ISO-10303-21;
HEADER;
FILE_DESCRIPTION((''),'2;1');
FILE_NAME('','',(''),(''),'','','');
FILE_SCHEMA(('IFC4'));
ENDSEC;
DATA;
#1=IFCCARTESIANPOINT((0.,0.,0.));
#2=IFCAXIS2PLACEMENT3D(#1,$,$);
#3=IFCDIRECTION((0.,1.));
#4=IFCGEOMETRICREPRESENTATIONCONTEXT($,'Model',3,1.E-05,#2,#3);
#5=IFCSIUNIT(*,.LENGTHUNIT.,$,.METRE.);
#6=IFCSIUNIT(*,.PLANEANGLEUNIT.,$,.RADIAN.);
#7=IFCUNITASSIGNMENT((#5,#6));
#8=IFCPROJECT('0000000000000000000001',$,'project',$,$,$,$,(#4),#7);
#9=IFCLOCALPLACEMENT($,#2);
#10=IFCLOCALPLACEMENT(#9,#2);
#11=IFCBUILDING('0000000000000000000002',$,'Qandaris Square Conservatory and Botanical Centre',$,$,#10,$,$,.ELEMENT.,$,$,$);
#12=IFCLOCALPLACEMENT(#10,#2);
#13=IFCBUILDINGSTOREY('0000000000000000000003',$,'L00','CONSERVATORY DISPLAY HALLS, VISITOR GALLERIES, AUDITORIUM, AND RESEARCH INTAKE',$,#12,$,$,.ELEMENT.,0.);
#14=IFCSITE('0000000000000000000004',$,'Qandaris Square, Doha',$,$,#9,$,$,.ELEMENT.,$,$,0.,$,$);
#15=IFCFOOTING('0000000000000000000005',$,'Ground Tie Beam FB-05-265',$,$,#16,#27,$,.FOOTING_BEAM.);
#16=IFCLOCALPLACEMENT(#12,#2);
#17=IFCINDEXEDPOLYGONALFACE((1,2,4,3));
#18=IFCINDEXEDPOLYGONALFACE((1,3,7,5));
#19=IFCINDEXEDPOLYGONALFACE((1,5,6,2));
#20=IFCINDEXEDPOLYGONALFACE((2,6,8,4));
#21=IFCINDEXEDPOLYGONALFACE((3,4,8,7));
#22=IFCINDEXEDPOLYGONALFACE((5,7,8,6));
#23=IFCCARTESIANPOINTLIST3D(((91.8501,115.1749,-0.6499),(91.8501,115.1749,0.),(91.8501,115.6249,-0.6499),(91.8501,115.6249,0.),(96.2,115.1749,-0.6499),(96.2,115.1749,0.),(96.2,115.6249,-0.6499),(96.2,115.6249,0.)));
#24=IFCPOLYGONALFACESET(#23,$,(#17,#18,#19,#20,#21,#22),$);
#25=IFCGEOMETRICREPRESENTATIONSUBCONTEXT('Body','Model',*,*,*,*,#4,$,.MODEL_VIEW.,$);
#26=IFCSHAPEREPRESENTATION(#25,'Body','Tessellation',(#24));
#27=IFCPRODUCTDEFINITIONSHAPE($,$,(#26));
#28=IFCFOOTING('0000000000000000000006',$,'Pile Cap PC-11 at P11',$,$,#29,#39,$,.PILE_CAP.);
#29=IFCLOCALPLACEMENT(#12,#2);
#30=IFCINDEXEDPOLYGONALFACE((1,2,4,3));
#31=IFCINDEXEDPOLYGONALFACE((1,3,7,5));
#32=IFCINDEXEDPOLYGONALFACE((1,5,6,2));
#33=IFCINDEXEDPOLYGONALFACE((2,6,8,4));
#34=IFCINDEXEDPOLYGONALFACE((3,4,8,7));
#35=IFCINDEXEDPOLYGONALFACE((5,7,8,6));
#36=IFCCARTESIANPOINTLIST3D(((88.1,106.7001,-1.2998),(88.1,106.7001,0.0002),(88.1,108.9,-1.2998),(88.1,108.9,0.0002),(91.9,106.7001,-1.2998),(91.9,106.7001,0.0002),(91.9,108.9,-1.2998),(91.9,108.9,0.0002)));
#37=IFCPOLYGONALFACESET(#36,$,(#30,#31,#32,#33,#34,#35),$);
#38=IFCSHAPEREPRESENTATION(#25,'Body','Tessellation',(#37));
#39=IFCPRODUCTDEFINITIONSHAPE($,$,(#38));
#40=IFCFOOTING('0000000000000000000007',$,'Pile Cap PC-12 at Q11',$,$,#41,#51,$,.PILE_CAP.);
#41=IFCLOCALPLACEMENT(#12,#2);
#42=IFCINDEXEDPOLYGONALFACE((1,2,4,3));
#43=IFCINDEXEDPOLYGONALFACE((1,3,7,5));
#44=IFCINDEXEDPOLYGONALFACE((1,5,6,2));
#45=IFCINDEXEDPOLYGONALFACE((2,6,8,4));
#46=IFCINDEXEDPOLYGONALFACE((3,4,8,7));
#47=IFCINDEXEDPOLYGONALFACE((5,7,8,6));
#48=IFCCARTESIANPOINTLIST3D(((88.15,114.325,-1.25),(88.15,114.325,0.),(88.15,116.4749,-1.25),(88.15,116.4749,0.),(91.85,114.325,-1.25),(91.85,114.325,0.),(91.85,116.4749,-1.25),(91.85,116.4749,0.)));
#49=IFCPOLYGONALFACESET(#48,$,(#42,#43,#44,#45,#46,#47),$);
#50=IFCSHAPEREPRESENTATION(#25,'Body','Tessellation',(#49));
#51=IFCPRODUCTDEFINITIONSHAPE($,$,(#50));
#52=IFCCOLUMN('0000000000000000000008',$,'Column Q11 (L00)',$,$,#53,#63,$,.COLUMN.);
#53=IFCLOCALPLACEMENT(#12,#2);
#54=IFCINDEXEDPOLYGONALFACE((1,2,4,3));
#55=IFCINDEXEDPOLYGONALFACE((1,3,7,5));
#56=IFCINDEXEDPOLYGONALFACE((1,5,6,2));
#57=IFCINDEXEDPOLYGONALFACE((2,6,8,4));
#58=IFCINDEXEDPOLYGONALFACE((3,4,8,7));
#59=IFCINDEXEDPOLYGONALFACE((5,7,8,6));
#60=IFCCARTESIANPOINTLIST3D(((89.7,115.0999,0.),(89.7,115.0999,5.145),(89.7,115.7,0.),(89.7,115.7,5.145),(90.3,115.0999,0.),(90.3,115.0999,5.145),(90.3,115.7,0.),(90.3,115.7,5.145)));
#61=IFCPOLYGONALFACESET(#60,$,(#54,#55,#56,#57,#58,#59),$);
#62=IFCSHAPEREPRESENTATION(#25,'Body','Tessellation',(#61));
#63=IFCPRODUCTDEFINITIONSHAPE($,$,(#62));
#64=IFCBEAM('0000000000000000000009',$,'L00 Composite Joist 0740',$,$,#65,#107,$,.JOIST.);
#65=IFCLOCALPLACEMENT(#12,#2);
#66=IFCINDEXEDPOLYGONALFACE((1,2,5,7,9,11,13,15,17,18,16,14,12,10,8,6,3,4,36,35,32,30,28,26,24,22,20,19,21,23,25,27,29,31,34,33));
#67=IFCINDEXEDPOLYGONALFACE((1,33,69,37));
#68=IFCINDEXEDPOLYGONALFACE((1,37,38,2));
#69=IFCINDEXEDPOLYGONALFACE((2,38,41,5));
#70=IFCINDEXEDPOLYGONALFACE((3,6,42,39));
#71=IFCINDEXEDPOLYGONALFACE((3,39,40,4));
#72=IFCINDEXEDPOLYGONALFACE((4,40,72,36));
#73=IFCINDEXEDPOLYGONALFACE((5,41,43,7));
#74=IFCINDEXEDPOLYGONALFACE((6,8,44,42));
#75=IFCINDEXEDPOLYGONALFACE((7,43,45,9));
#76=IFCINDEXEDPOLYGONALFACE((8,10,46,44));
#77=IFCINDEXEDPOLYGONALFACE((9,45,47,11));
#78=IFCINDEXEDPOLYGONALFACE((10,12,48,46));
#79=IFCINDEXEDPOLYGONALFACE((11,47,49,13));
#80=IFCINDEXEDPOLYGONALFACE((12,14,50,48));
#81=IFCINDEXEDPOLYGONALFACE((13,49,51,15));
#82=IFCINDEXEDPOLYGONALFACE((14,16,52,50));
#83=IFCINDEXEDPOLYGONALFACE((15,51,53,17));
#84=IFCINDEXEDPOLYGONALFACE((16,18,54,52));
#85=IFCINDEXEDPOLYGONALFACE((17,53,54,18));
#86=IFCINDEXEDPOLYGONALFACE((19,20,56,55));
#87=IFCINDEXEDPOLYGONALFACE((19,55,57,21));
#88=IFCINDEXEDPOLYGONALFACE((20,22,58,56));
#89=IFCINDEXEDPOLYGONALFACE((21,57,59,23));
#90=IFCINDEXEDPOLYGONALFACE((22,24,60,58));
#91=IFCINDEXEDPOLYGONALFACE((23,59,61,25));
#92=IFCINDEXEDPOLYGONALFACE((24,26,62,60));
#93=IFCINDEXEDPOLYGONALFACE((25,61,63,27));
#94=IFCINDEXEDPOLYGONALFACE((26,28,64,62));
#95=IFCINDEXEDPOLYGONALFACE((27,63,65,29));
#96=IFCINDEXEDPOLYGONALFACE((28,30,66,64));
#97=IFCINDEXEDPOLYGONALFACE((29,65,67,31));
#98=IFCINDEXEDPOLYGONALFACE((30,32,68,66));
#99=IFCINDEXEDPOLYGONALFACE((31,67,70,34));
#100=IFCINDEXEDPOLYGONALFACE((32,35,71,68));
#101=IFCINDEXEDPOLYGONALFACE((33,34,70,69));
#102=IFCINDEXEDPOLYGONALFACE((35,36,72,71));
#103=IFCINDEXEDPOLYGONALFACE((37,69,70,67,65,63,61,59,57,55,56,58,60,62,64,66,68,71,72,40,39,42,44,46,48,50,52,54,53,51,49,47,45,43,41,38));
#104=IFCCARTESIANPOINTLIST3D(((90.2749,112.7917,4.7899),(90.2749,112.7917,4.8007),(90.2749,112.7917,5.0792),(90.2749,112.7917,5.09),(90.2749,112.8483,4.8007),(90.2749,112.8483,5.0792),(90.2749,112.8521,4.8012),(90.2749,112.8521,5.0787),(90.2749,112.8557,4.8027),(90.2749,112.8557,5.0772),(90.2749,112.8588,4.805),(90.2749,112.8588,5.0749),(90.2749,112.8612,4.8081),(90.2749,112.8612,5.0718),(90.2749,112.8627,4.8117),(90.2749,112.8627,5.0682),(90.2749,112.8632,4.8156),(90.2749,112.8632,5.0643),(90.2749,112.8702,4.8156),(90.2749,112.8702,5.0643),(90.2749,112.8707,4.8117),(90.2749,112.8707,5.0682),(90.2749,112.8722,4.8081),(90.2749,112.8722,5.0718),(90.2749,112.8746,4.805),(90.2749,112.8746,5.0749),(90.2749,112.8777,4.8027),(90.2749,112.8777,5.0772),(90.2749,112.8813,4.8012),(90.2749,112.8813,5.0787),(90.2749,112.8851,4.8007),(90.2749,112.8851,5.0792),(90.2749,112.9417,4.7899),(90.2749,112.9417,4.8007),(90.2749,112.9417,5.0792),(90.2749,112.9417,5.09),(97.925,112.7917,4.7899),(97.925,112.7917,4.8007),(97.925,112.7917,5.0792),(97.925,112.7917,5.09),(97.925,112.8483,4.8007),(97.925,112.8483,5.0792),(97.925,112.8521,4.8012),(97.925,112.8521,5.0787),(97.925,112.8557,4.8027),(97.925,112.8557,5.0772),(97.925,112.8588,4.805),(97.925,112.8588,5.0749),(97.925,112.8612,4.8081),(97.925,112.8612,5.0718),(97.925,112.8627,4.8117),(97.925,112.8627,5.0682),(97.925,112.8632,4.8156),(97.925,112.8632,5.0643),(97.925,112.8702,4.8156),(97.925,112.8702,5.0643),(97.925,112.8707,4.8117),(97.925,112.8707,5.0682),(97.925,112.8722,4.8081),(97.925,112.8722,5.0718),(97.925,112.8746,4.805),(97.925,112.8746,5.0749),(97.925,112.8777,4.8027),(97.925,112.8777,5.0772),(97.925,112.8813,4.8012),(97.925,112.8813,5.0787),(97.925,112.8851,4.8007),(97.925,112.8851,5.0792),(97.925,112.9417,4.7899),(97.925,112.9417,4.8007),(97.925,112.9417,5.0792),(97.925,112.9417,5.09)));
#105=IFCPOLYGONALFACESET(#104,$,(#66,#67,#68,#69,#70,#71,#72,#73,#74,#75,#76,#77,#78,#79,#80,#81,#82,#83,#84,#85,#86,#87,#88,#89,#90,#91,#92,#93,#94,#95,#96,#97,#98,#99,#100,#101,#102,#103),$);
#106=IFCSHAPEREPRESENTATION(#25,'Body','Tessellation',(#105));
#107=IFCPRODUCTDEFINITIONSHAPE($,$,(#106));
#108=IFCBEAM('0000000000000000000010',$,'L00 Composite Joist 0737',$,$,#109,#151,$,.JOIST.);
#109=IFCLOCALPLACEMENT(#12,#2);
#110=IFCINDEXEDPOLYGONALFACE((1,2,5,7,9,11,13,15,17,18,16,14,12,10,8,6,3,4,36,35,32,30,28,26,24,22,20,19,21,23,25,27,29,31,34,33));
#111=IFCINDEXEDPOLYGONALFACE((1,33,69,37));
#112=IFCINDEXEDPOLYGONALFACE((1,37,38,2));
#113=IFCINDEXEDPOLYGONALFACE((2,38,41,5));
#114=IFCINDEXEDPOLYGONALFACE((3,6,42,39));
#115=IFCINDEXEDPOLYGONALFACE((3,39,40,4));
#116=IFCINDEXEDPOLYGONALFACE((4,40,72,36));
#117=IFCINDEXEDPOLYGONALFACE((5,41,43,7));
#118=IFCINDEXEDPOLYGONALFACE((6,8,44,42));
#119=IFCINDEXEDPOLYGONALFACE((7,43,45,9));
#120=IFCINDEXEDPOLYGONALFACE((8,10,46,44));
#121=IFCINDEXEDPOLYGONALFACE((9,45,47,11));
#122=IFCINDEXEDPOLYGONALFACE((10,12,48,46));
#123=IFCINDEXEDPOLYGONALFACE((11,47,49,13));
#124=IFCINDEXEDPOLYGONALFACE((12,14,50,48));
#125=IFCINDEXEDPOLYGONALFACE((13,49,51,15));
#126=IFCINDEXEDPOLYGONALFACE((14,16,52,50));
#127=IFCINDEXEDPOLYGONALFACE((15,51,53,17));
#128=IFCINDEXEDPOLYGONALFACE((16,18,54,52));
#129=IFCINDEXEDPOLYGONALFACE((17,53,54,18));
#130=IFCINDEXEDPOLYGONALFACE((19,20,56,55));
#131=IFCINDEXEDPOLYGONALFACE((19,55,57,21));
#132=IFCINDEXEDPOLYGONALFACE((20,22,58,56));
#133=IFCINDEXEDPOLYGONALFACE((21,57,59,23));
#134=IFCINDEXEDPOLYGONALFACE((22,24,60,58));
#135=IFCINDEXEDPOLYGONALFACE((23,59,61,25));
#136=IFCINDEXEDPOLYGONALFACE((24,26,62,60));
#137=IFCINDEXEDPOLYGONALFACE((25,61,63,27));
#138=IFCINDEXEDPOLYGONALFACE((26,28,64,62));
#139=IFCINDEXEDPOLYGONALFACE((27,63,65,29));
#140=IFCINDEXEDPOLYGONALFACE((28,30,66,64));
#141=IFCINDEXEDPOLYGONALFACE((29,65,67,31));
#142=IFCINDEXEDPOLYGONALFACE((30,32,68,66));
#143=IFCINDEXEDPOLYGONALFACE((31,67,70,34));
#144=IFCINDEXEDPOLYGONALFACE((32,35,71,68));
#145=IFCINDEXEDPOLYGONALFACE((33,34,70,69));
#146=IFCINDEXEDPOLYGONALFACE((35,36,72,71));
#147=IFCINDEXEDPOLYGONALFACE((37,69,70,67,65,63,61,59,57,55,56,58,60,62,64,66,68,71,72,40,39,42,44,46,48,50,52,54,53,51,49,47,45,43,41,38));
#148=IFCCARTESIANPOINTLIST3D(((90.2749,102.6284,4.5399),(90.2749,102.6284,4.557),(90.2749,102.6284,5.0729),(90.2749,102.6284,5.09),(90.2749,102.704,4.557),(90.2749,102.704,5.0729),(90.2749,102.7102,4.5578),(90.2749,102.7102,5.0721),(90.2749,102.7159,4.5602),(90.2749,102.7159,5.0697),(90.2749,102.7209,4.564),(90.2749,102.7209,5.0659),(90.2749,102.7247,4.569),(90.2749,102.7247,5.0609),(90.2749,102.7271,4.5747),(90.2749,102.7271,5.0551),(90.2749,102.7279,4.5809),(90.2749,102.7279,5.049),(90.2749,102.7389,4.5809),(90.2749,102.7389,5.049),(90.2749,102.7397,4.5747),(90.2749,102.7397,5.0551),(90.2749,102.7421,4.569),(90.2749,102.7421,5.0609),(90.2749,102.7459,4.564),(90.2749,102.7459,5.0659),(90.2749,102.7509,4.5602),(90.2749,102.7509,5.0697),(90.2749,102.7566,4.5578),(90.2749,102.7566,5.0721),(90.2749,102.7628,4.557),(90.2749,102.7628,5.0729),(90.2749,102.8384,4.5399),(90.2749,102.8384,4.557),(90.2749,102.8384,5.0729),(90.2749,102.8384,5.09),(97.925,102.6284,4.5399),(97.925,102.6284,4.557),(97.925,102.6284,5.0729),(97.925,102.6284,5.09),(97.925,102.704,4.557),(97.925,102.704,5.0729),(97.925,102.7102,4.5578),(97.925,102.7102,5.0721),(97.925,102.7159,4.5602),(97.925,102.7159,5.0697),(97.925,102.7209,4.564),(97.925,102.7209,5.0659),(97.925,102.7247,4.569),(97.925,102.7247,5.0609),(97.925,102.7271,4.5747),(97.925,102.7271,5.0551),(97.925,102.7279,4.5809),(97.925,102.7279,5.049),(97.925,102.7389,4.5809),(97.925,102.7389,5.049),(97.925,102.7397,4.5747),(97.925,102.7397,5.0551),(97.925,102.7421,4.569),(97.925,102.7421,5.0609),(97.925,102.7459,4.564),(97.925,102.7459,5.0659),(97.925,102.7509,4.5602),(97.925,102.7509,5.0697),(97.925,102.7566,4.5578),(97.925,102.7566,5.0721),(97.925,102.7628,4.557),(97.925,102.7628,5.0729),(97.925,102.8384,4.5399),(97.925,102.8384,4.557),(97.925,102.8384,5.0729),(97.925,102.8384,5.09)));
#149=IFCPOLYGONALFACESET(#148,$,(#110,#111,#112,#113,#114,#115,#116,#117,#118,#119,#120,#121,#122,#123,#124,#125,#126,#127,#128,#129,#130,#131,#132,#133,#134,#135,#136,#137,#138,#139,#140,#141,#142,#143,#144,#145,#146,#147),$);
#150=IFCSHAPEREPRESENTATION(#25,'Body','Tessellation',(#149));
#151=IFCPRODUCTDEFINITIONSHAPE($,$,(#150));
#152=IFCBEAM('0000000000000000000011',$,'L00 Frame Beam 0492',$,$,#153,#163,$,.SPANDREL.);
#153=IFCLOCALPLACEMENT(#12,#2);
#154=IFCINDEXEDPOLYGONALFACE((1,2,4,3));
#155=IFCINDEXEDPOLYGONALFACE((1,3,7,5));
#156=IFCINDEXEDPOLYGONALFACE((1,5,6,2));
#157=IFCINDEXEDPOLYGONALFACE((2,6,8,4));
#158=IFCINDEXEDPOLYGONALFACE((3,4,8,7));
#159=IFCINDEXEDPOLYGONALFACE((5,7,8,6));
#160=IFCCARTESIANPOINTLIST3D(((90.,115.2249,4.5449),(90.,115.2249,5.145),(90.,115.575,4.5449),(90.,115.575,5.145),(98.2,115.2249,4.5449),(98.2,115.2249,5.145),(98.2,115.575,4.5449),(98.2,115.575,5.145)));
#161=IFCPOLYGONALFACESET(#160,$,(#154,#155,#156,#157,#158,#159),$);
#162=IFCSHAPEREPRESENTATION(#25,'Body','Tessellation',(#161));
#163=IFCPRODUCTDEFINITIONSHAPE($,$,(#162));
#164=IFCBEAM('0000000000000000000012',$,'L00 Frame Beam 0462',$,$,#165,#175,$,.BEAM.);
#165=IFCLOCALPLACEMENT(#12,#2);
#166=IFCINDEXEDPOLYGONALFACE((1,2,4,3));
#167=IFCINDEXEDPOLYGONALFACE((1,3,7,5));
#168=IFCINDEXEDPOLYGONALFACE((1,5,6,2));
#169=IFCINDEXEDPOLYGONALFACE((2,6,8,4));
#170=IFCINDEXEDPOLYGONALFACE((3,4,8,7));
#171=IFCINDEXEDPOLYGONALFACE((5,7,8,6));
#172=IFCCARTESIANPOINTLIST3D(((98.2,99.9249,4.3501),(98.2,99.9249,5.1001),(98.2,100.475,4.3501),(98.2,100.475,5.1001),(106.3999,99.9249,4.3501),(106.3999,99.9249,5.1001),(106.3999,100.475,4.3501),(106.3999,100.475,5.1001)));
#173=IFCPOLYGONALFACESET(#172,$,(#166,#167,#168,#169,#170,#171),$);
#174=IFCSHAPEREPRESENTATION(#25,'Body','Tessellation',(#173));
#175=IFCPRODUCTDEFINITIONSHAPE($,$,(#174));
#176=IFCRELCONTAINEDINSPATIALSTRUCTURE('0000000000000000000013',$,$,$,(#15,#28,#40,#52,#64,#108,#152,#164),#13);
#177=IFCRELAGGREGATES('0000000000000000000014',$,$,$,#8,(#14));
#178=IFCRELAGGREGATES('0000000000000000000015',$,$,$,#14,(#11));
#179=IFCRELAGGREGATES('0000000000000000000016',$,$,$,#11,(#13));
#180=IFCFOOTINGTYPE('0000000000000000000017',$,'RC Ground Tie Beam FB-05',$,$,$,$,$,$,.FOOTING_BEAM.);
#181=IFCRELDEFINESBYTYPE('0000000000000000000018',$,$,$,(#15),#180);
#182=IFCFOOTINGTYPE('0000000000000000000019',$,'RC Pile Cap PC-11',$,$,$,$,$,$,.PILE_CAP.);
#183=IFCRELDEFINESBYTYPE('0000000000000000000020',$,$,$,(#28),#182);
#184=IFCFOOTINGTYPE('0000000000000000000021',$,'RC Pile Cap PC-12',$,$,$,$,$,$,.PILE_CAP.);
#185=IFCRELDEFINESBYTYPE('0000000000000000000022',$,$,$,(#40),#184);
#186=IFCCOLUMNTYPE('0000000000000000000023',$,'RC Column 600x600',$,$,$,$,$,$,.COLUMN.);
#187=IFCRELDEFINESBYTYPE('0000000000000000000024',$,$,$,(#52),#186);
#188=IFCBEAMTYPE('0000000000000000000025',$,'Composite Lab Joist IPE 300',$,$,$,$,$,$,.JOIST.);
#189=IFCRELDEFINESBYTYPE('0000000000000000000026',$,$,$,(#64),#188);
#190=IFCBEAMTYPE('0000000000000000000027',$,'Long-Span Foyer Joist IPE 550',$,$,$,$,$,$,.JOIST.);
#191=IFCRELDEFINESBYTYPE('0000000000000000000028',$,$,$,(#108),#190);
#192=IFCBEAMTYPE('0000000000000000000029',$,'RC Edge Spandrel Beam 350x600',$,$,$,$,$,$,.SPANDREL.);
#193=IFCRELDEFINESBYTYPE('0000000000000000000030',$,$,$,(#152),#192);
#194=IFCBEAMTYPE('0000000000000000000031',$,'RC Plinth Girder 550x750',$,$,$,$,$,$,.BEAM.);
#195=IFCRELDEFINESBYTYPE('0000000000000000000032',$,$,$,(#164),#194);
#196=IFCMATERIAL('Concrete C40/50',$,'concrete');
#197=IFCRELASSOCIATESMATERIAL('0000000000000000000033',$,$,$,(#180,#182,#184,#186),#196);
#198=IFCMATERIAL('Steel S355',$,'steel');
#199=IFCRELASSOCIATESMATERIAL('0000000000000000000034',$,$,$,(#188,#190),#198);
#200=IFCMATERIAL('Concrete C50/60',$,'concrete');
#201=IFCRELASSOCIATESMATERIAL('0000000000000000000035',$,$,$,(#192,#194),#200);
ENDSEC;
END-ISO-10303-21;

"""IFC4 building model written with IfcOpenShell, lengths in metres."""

from ifc_helpers import new_model, si_unit, direction, frame, origin, origin_2d, place, context, subcontext, project, spatial, rectangle, i_section, extrude, material, material_profile, profile_set, type_object, element, save


model = new_model("IFC4")

# Units and contexts
model_context = context("Model", 3, precision=1e-05, world=origin(), true_north=direction((0.0, 1.0)))
body_context = subcontext(model_context, "Body", "Model", "MODEL_VIEW")
ifc_project = project(units=[si_unit("LENGTHUNIT", "METRE"), si_unit("PLANEANGLEUNIT", "RADIAN")], contexts=[model_context])

# Site, building, storey
site_placement = place(None, origin())
site = spatial("IfcSite", under=ifc_project, at=site_placement, Name="Qandaris Square, Doha", CompositionType="ELEMENT", RefElevation=0.0)
building_placement = place(site_placement, origin())
building = spatial("IfcBuilding", under=site, at=building_placement, Name="Qandaris Square Conservatory and Botanical Centre", CompositionType="ELEMENT")
storey_placement = place(building_placement, origin())
storey = spatial("IfcBuildingStorey", under=building, at=storey_placement, Name="L00", Description="CONSERVATORY DISPLAY HALLS, VISITOR GALLERIES, AUDITORIUM, AND RESEARCH INTAKE", CompositionType="ELEMENT", Elevation=0.0)

# Shared definitions
ifc_material_1 = material(Name="Concrete C50/60", Category="concrete")

# Footings
ifc_material_2 = material(Name="Concrete C40/50", Category="concrete")
ifc_material_profile_1 = material_profile(ifc_material_2, rectangle(XDim=0.45, YDim=0.6499, at=origin_2d()), Name="FB 450x650")
ifc_profile_set_1 = profile_set([ifc_material_profile_1], Name="Concrete C40/50")
footing_type_1 = type_object("IfcFootingType", Name="RC Ground Tie Beam FB-05", PredefinedType="FOOTING_BEAM", material=ifc_profile_set_1)
footing_1_placement = place(storey_placement, frame((91.8501, 115.3999, -0.325), z_axis=(1.0, 0.0, 0.0), x_axis=(0.0, 1.0, 0.0)))
element("IfcFooting", 1, at=footing_1_placement, inside=storey, type_object=footing_type_1, Name="Ground Tie Beam FB-05-265", PredefinedType="FOOTING_BEAM", context=body_context, shape_type="SweptSolid", body=[
    extrude(rectangle(XDim=0.45, YDim=0.6499, at=origin_2d()), origin(), (0.0, 0.0, 1.0), 4.3499),
])
footing_type_2 = type_object("IfcFootingType", Name="RC Pile Cap PC-11", PredefinedType="PILE_CAP", material=ifc_material_2)
footing_2_placement = place(storey_placement, frame((90.0, 107.8, -1.2998), z_axis=(0.0, 0.0, 1.0), x_axis=(1.0, 0.0, 0.0)))
element("IfcFooting", 2, at=footing_2_placement, inside=storey, type_object=footing_type_2, Name="Pile Cap PC-11 at P11", PredefinedType="PILE_CAP", context=body_context, shape_type="SweptSolid", body=[
    extrude(rectangle(XDim=3.8, YDim=2.2, at=origin_2d()), origin(), (0.0, 0.0, 1.0), 1.3),
])
footing_type_3 = type_object("IfcFootingType", Name="RC Pile Cap PC-12", PredefinedType="PILE_CAP", material=ifc_material_2)
footing_3_placement = place(storey_placement, frame((90.0, 115.3999, -1.25), z_axis=(0.0, 0.0, 1.0), x_axis=(1.0, 0.0, 0.0)))
element("IfcFooting", 3, at=footing_3_placement, inside=storey, type_object=footing_type_3, Name="Pile Cap PC-12 at Q11", PredefinedType="PILE_CAP", context=body_context, shape_type="SweptSolid", body=[
    extrude(rectangle(XDim=3.7, YDim=2.1499, at=origin_2d()), origin(), (0.0, 0.0, 1.0), 1.25),
])

# Column
ifc_material_profile_2 = material_profile(ifc_material_2, rectangle(XDim=0.6001, YDim=0.6001, at=origin_2d()), Name="RC-COL 600x600")
ifc_profile_set_2 = profile_set([ifc_material_profile_2], Name="Concrete C40/50")
column_type = type_object("IfcColumnType", Name="RC Column 600x600", PredefinedType="COLUMN", material=ifc_profile_set_2)
column_placement = place(storey_placement, frame((90.0, 115.3999, 0.0), z_axis=(0.0, 0.0, 1.0), x_axis=(1.0, 0.0, 0.0)))
element("IfcColumn", 4, at=column_placement, inside=storey, type_object=column_type, Name="Column Q11 (L00)", PredefinedType="COLUMN", context=body_context, shape_type="SweptSolid", body=[
    extrude(rectangle(XDim=0.6001, YDim=0.6001, at=origin_2d()), origin(), (0.0, 0.0, 1.0), 5.145),
])

# Beams
ifc_material_3 = material(Name="Steel S355", Category="steel")
ifc_material_profile_3 = material_profile(ifc_material_3, i_section(OverallWidth=0.1499, OverallDepth=0.3, WebThickness=0.0071, FlangeThickness=0.0107, FilletRadius=0.0149, at=origin_2d()), Name="IPE 300")
ifc_profile_set_3 = profile_set([ifc_material_profile_3], Name="Steel S355")
beam_type_1 = type_object("IfcBeamType", Name="Composite Lab Joist IPE 300", PredefinedType="JOIST", material=ifc_profile_set_3)
beam_1_placement = place(storey_placement, frame((90.2749, 112.8667, 4.9399), z_axis=(1.0, 0.0, 0.0), x_axis=(0.0, 1.0, 0.0)))
element("IfcBeam", 5, at=beam_1_placement, inside=storey, type_object=beam_type_1, Name="L00 Composite Joist 0740", PredefinedType="JOIST", context=body_context, shape_type="SweptSolid", body=[
    extrude(i_section(OverallWidth=0.1499, OverallDepth=0.3, WebThickness=0.0071, FlangeThickness=0.0107, FilletRadius=0.0149, at=origin_2d()), origin(), (0.0, 0.0, 1.0), 7.6501),
])
ifc_material_profile_4 = material_profile(ifc_material_3, i_section(OverallWidth=0.21, OverallDepth=0.55, WebThickness=0.011, FlangeThickness=0.0171, FilletRadius=0.0239, at=origin_2d()), Name="IPE 550")
ifc_profile_set_4 = profile_set([ifc_material_profile_4], Name="Steel S355")
beam_type_2 = type_object("IfcBeamType", Name="Long-Span Foyer Joist IPE 550", PredefinedType="JOIST", material=ifc_profile_set_4)
beam_2_placement = place(storey_placement, frame((90.2749, 102.7334, 4.8149), z_axis=(1.0, 0.0, 0.0), x_axis=(0.0, 1.0, 0.0)))
element("IfcBeam", 6, at=beam_2_placement, inside=storey, type_object=beam_type_2, Name="L00 Composite Joist 0737", PredefinedType="JOIST", context=body_context, shape_type="SweptSolid", body=[
    extrude(i_section(OverallWidth=0.21, OverallDepth=0.55, WebThickness=0.011, FlangeThickness=0.0171, FilletRadius=0.0239, at=origin_2d()), origin(), (0.0, 0.0, 1.0), 7.6501),
])
ifc_material_profile_5 = material_profile(ifc_material_1, rectangle(XDim=0.3501, YDim=0.6001, at=origin_2d()), Name="RC-SP 350x600")
ifc_profile_set_5 = profile_set([ifc_material_profile_5], Name="Concrete C50/60")
beam_type_3 = type_object("IfcBeamType", Name="RC Edge Spandrel Beam 350x600", PredefinedType="SPANDREL", material=ifc_profile_set_5)
beam_3_placement = place(storey_placement, frame((90.0, 115.3999, 4.845), z_axis=(1.0, 0.0, 0.0), x_axis=(0.0, 1.0, 0.0)))
element("IfcBeam", 7, at=beam_3_placement, inside=storey, type_object=beam_type_3, Name="L00 Frame Beam 0492", PredefinedType="SPANDREL", context=body_context, shape_type="SweptSolid", body=[
    extrude(rectangle(XDim=0.3501, YDim=0.6001, at=origin_2d()), origin(), (0.0, 0.0, 1.0), 8.2),
])
ifc_material_profile_6 = material_profile(ifc_material_1, rectangle(XDim=0.55, YDim=0.75, at=origin_2d()), Name="RC-BM 550x750")
ifc_profile_set_6 = profile_set([ifc_material_profile_6], Name="Concrete C50/60")
beam_type_4 = type_object("IfcBeamType", Name="RC Plinth Girder 550x750", PredefinedType="BEAM", material=ifc_profile_set_6)
for number, where, z_axis, x_axis, name in (
    (8, (98.2, 100.2, 4.7251), (1.0, 0.0, 0.0), (0.0, 1.0, 0.0), "L00 Frame Beam 0462"),
):
    element("IfcBeam", number, at=place(storey_placement, frame(where, z_axis=z_axis, x_axis=x_axis)), inside=storey, type_object=beam_type_4, Name=name, PredefinedType="BEAM", context=body_context, shape_type="SweptSolid", body=[
        extrude(rectangle(XDim=0.55, YDim=0.75, at=origin_2d()), origin(), (0.0, 0.0, 1.0), 8.2),
    ])

save(model, "model.ifc")
